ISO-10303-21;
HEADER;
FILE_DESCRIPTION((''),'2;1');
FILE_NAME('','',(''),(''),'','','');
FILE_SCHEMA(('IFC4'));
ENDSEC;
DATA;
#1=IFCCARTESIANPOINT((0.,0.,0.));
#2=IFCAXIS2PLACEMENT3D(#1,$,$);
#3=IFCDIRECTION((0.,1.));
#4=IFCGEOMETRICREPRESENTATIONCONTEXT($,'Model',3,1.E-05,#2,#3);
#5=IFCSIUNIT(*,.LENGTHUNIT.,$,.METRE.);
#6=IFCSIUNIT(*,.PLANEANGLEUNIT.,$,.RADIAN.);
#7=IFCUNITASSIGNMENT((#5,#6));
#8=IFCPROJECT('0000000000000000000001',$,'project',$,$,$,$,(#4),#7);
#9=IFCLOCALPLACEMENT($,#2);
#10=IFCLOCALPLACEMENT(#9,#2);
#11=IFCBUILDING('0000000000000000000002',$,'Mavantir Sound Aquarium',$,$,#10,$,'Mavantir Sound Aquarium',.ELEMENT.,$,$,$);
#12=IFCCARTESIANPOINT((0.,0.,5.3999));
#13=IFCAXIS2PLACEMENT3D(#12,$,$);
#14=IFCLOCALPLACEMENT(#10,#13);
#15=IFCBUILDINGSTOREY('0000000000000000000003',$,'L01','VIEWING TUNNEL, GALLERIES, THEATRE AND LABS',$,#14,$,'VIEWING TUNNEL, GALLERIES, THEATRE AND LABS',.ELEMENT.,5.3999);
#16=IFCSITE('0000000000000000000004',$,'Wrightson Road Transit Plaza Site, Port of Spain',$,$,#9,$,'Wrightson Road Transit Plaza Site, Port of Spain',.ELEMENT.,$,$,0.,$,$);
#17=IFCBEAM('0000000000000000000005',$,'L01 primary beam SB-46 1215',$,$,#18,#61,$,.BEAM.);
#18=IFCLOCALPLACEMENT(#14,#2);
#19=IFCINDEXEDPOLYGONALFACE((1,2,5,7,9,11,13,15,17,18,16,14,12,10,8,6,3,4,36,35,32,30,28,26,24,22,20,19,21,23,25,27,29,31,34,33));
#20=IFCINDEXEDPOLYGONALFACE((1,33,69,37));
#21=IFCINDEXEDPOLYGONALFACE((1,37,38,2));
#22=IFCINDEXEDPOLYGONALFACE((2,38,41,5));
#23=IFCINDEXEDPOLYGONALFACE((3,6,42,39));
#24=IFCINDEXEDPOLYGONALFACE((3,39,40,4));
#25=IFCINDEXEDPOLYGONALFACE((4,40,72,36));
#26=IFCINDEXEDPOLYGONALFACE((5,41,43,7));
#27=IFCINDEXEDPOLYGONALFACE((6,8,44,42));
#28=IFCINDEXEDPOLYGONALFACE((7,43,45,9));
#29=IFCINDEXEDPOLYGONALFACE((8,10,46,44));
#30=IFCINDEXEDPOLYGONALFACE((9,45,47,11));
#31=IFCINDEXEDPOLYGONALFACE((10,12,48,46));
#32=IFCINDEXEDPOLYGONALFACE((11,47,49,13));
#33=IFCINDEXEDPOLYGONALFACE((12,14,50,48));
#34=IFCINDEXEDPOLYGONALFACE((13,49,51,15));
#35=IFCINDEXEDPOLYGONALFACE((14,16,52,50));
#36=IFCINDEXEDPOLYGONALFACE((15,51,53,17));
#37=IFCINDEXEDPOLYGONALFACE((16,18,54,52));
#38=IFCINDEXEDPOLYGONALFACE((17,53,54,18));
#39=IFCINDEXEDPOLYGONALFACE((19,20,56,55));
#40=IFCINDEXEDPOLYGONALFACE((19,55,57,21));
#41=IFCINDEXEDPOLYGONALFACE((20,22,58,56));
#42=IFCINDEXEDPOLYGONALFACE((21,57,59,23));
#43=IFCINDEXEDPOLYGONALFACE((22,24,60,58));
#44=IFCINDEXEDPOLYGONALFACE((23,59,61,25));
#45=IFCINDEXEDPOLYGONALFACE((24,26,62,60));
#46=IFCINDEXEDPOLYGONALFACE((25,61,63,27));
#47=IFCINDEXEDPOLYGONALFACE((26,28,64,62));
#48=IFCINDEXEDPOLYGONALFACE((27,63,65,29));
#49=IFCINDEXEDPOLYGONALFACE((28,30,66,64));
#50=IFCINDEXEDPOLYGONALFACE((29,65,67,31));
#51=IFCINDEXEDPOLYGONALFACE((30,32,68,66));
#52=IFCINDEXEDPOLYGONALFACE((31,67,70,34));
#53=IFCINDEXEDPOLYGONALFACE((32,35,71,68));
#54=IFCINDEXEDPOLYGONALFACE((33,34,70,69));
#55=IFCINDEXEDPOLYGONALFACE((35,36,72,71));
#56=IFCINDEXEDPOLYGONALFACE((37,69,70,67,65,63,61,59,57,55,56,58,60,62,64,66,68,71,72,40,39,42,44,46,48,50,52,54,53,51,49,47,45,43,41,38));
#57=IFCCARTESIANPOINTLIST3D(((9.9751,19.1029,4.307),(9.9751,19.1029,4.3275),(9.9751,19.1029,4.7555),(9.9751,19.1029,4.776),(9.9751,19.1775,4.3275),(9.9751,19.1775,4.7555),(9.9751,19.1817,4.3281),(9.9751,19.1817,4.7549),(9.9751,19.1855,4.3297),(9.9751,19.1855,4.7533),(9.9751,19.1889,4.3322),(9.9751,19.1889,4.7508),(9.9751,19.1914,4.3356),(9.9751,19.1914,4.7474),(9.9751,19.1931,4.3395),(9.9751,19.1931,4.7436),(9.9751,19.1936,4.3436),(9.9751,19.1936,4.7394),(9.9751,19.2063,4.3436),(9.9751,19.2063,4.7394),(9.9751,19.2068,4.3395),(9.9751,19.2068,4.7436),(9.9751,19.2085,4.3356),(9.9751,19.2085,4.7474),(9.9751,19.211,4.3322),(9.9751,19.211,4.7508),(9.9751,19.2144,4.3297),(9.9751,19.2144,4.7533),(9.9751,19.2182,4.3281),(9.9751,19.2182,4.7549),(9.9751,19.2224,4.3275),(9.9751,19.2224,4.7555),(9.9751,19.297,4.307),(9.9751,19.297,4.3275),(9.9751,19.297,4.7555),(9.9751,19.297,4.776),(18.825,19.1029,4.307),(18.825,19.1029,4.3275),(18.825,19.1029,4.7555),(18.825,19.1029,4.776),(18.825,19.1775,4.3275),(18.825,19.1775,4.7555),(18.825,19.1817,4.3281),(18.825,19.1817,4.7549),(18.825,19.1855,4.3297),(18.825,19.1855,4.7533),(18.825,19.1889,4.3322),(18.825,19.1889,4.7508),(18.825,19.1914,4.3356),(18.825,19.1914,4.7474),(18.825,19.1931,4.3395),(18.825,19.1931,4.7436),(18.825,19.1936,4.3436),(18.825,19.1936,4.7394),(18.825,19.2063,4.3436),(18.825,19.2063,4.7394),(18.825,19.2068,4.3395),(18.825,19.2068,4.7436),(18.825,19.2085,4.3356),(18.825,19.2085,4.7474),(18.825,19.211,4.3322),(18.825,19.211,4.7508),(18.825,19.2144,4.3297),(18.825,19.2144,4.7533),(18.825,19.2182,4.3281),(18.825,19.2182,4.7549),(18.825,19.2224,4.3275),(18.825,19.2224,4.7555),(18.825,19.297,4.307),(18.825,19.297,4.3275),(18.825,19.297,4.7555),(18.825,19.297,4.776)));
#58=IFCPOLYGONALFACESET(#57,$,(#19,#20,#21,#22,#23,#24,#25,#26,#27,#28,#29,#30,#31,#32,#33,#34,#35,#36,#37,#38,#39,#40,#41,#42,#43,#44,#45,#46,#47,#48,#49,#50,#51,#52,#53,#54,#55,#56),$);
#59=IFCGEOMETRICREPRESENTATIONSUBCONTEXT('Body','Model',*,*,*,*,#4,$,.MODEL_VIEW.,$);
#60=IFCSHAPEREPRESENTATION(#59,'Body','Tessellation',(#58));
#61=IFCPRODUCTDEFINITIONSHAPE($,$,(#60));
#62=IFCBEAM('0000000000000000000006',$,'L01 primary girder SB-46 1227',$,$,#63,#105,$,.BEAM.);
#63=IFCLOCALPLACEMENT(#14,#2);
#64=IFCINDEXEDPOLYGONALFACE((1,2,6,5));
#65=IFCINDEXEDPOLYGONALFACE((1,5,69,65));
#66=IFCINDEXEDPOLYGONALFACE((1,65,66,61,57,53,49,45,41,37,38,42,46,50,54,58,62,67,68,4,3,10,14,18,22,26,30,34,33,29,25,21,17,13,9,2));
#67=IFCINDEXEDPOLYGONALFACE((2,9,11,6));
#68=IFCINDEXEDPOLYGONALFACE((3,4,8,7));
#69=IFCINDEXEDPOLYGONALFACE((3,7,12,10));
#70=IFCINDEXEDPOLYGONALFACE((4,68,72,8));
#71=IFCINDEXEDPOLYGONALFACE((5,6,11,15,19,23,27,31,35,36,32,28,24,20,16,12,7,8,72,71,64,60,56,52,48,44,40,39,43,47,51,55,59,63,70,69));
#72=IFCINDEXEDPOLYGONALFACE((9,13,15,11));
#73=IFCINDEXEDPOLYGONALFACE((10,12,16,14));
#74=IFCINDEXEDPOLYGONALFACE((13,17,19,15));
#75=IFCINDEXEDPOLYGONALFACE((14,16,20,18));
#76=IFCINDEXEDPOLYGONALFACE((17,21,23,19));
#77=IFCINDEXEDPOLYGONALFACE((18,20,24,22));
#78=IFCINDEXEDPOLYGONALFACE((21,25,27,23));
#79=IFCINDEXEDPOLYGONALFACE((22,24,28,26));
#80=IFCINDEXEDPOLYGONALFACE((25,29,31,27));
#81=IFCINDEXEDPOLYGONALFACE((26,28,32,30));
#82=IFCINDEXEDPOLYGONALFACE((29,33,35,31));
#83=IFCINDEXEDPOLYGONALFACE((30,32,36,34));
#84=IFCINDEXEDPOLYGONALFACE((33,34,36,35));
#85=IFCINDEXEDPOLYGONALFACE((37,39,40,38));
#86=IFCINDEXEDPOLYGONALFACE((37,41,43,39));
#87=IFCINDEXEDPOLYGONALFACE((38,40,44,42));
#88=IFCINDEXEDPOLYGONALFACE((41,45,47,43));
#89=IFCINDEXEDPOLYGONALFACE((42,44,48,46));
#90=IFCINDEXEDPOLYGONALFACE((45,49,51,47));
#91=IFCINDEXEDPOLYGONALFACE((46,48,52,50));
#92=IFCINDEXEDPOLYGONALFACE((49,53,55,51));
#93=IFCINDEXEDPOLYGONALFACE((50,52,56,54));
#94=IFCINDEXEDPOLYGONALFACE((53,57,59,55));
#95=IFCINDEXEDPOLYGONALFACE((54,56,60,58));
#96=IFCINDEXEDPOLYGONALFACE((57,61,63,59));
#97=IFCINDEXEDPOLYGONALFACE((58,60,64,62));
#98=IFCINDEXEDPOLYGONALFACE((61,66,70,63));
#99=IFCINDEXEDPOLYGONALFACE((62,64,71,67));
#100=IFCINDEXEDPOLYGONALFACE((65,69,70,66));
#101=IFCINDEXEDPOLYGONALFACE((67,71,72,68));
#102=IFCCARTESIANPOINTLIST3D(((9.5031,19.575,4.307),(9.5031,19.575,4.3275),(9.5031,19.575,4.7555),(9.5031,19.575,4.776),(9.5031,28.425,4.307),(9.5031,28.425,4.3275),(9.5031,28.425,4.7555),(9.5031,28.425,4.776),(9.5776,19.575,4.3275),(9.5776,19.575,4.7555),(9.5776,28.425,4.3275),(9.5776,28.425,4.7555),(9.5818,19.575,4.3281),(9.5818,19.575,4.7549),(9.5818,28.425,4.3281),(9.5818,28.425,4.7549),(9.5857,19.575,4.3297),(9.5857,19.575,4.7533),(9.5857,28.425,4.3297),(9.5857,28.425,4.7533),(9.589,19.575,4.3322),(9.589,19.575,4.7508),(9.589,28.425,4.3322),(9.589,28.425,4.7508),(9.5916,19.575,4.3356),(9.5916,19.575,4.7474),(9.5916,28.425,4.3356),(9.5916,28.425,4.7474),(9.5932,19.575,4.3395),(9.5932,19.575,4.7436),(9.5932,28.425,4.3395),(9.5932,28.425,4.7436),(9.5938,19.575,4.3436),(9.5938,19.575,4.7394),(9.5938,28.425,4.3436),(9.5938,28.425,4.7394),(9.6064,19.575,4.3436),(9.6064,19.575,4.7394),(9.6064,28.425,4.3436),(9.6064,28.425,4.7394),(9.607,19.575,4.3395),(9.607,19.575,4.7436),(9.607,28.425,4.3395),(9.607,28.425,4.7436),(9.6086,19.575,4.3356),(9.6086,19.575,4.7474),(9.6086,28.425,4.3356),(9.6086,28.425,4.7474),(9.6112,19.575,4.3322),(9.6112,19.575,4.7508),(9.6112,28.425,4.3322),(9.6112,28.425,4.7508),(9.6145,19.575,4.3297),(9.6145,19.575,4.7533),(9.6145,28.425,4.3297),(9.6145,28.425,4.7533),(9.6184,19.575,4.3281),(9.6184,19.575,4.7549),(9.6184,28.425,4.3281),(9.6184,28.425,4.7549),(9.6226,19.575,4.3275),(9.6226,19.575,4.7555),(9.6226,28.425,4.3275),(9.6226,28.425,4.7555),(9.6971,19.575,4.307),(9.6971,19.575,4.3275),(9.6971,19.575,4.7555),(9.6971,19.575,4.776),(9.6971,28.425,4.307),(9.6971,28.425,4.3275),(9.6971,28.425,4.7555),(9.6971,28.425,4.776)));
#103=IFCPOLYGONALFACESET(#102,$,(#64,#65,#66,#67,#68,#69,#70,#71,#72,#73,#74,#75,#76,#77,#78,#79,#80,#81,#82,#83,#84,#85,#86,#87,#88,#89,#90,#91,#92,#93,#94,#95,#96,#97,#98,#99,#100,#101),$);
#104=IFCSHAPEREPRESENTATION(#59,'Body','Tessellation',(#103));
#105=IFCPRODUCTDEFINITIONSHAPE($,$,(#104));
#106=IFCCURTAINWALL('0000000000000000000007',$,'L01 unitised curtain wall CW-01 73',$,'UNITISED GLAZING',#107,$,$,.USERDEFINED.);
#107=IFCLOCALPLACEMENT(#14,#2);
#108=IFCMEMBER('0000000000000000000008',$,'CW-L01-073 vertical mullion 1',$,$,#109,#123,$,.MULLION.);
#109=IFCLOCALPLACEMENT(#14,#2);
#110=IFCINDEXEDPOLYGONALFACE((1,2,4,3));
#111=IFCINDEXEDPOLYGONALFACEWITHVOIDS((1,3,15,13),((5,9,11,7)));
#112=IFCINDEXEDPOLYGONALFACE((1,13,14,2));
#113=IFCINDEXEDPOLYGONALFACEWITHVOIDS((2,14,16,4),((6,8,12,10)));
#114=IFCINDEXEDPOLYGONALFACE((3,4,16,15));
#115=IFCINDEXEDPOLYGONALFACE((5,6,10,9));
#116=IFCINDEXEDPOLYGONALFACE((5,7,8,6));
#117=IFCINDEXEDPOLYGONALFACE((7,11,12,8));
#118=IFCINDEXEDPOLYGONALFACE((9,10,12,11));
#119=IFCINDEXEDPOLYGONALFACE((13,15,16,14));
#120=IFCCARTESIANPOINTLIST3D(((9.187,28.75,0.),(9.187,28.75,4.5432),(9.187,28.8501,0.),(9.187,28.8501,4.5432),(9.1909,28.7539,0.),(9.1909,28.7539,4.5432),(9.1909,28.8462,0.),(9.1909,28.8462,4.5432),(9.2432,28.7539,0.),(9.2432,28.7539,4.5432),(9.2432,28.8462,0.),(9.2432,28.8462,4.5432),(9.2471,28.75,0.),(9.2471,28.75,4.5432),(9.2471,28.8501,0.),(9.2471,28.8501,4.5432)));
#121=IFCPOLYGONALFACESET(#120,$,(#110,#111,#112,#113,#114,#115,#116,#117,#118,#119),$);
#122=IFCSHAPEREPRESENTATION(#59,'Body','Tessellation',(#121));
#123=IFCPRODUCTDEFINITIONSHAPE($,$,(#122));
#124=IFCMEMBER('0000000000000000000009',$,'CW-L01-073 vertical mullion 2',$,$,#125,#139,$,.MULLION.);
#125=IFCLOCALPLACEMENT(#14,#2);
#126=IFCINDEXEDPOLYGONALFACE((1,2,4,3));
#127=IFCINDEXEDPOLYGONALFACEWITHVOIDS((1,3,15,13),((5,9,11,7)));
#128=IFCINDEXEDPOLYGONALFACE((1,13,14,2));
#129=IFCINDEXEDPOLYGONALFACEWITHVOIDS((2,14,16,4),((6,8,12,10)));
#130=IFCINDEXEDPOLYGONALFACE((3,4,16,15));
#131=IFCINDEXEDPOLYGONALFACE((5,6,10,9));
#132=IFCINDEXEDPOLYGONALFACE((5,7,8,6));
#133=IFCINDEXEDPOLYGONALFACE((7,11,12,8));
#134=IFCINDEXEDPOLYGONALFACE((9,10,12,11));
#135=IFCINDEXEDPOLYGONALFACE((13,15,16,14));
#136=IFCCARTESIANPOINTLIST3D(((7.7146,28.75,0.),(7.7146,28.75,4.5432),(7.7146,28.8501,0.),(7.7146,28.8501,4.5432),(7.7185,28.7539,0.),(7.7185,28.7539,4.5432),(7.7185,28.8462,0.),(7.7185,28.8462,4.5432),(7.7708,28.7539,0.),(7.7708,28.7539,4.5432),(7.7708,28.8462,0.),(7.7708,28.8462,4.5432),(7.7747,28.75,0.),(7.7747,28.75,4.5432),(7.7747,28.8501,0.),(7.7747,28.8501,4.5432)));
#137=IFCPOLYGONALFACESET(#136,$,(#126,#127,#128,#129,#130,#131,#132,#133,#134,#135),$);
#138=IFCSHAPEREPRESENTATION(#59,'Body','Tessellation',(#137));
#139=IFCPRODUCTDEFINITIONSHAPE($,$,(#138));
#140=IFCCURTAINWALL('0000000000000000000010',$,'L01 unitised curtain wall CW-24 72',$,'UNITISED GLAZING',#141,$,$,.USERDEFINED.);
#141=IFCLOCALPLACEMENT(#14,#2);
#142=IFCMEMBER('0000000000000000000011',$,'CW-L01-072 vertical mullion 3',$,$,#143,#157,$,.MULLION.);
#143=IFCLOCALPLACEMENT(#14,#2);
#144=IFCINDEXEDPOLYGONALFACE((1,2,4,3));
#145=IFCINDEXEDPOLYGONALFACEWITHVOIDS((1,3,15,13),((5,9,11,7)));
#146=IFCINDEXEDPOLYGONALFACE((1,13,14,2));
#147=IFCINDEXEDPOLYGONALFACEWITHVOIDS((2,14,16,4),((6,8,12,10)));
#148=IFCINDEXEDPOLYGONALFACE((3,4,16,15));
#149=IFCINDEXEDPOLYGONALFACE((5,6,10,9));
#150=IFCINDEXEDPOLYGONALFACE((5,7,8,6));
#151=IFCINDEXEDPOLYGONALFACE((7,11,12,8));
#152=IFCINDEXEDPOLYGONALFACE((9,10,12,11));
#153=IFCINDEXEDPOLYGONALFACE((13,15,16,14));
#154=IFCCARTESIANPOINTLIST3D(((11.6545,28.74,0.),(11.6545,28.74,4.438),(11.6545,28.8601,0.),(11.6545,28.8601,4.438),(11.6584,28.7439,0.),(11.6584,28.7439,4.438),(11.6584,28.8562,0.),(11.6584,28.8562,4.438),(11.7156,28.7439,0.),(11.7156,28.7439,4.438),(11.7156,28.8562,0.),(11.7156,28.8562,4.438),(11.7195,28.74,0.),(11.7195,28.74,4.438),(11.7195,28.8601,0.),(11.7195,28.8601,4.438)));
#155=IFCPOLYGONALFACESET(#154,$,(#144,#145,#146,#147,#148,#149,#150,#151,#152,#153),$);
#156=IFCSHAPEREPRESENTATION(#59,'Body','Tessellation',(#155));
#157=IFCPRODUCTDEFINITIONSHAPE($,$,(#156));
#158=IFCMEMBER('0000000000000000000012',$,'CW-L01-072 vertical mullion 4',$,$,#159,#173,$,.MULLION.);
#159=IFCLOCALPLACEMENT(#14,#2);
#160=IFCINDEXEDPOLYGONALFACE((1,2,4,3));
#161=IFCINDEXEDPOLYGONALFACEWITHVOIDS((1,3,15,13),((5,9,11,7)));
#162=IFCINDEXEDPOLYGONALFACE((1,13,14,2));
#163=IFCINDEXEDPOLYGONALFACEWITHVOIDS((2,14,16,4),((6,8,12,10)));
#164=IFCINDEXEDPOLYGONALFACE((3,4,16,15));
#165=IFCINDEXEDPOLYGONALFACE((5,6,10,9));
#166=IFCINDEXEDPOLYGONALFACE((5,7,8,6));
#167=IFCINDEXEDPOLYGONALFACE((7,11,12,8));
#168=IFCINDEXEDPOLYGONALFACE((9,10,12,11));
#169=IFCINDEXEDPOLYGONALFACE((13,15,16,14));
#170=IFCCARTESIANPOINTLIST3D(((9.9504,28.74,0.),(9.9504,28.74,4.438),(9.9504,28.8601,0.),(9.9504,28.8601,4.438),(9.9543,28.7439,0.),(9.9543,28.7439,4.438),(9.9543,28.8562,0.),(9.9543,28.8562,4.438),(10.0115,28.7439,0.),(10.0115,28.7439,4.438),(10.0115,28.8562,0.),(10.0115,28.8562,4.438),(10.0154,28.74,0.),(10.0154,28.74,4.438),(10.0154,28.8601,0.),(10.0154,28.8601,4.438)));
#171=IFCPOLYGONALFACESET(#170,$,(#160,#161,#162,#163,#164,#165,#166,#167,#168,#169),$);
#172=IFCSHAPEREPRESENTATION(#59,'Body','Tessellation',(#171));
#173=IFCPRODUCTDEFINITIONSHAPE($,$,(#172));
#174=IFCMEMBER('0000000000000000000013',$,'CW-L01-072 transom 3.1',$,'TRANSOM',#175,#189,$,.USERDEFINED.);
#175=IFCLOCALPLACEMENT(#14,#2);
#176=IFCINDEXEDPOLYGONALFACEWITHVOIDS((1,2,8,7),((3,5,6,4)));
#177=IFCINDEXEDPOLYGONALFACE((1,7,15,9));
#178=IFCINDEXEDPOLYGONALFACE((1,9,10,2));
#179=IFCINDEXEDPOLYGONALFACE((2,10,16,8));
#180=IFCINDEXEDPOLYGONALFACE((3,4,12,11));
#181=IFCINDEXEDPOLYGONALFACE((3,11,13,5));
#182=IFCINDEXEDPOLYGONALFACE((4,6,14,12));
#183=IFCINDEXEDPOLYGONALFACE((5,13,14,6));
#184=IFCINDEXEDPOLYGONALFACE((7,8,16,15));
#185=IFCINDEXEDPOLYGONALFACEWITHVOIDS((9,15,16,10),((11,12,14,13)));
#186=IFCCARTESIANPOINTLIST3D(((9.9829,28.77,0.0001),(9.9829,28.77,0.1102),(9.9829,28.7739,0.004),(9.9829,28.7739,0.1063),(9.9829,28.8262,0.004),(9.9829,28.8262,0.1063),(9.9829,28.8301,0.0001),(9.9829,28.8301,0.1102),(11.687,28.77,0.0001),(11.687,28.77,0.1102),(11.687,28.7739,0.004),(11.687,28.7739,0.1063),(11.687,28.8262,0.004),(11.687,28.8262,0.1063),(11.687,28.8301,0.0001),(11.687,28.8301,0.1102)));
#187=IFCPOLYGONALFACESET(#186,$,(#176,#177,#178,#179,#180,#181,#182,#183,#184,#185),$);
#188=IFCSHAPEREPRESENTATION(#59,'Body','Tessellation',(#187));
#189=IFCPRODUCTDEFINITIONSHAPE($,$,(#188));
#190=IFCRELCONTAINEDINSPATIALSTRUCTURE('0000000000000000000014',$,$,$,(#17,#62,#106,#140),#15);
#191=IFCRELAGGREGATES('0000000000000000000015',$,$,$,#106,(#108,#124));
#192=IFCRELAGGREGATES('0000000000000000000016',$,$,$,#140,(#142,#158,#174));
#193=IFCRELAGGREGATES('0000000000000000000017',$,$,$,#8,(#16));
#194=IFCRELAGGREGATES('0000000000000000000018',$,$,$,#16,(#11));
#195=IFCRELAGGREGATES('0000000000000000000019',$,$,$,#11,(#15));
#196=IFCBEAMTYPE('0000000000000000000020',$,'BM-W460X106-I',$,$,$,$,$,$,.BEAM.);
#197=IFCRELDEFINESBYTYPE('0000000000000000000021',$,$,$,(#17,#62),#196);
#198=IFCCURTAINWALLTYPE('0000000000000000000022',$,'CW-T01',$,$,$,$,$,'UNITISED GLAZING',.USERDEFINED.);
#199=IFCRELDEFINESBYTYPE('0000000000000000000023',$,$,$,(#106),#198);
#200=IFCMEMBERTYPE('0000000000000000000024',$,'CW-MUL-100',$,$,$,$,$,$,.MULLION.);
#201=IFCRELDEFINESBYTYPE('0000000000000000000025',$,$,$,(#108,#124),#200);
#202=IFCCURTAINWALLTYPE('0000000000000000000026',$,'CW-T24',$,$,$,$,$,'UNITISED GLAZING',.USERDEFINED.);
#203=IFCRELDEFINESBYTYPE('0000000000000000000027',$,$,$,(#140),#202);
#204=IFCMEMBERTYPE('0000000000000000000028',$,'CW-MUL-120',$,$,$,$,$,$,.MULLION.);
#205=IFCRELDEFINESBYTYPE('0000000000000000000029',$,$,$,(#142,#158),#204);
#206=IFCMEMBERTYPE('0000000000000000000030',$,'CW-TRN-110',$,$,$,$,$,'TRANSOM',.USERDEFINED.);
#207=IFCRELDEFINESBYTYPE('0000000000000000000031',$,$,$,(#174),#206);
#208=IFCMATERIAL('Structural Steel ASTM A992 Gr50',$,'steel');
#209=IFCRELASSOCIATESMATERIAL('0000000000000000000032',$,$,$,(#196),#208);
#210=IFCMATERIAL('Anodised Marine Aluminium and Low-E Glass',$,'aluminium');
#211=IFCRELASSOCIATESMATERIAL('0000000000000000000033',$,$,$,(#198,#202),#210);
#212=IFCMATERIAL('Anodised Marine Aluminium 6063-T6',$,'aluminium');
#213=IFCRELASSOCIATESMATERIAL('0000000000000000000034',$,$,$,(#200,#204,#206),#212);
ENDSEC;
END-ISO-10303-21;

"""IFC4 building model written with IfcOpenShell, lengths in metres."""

from ifc_helpers import new_model, si_unit, direction, frame, origin, origin_2d, place, context, subcontext, project, spatial, hollow_rectangle, i_section, extrude, material, material_profile, profile_set, type_object, element, aggregate, save


model = new_model("IFC4")

# Units and contexts
model_context = context("Model", 3, precision=1e-05, world=origin(), true_north=direction((0.0, 1.0)))
body_context = subcontext(model_context, "Body", "Model", "MODEL_VIEW")
ifc_project = project(units=[si_unit("LENGTHUNIT", "METRE"), si_unit("PLANEANGLEUNIT", "RADIAN")], contexts=[model_context])

# Site, building, storey
site_placement = place(None, origin())
site = spatial("IfcSite", under=ifc_project, at=site_placement, Name="Wrightson Road Transit Plaza Site, Port of Spain", LongName="Wrightson Road Transit Plaza Site, Port of Spain", CompositionType="ELEMENT", RefElevation=0.0)
building_placement = place(site_placement, origin())
building = spatial("IfcBuilding", under=site, at=building_placement, Name="Mavantir Sound Aquarium", LongName="Mavantir Sound Aquarium", CompositionType="ELEMENT")
storey_placement = place(building_placement, frame((0.0, 0.0, 5.3999)))
storey = spatial("IfcBuildingStorey", under=building, at=storey_placement, Name="L01", Description="VIEWING TUNNEL, GALLERIES, THEATRE AND LABS", LongName="VIEWING TUNNEL, GALLERIES, THEATRE AND LABS", CompositionType="ELEMENT", Elevation=5.3999)

# Beams
ifc_material_1 = material(Name="Structural Steel ASTM A992 Gr50", Category="steel")
ifc_material_profile_1 = material_profile(ifc_material_1, i_section(OverallWidth=0.1941, OverallDepth=0.469, WebThickness=0.0127, FlangeThickness=0.0205, FilletRadius=0.0161, at=origin_2d()), Name="W460X106")
ifc_profile_set_1 = profile_set([ifc_material_profile_1], Name="Structural Steel ASTM A992 Gr50")
beam_type_1 = type_object("IfcBeamType", Name="BM-W460X106-I", PredefinedType="BEAM", material=ifc_profile_set_1)
beam_1_placement = place(storey_placement, frame((9.9751, 19.2, 4.5415), z_axis=(1.0, 0.0, 0.0), x_axis=(0.0, 1.0, 0.0)))
element("IfcBeam", 1, at=beam_1_placement, inside=storey, type_object=beam_type_1, Name="L01 primary beam SB-46 1215", PredefinedType="BEAM", context=body_context, shape_type="SweptSolid", body=[
    extrude(i_section(OverallWidth=0.1941, OverallDepth=0.469, WebThickness=0.0127, FlangeThickness=0.0205, FilletRadius=0.0161, at=origin_2d()), origin(), (0.0, 0.0, 1.0), 8.8499),
])
beam_2_placement = place(storey_placement, frame((9.6001, 19.575, 4.5415), z_axis=(0.0, 1.0, 0.0), x_axis=(-1.0, 0.0, 0.0)))
element("IfcBeam", 2, at=beam_2_placement, inside=storey, type_object=beam_type_1, Name="L01 primary girder SB-46 1227", PredefinedType="BEAM", context=body_context, shape_type="SweptSolid", body=[
    extrude(i_section(OverallWidth=0.1941, OverallDepth=0.469, WebThickness=0.0127, FlangeThickness=0.0205, FilletRadius=0.0161, at=origin_2d()), origin(), (0.0, 0.0, 1.0), 8.8501),
])

# Curtain walls, members
ifc_material_2 = material(Name="Anodised Marine Aluminium and Low-E Glass", Category="aluminium")
curtain_wall_type_1 = type_object("IfcCurtainWallType", Name="CW-T01", ElementType="UNITISED GLAZING", PredefinedType="USERDEFINED", material=ifc_material_2)
curtain_wall_1_placement = place(storey_placement, origin())
curtain_wall_1 = element("IfcCurtainWall", 3, at=curtain_wall_1_placement, inside=storey, type_object=curtain_wall_type_1, Name="L01 unitised curtain wall CW-01 73", ObjectType="UNITISED GLAZING", PredefinedType="USERDEFINED")
ifc_material_3 = material(Name="Anodised Marine Aluminium 6063-T6", Category="aluminium")
ifc_material_profile_2 = material_profile(ifc_material_3, hollow_rectangle(XDim=0.0601, YDim=0.1001, WallThickness=0.0039, at=origin_2d()), Name="ALU-MULLION-100X60")
ifc_profile_set_2 = profile_set([ifc_material_profile_2], Name="Anodised Marine Aluminium 6063-T6")
member_type_1 = type_object("IfcMemberType", Name="CW-MUL-100", PredefinedType="MULLION", material=ifc_profile_set_2)
member_1_placement = place(storey_placement, frame((9.217, 28.8, 0.0), z_axis=(0.0, 0.0, 1.0), x_axis=(1.0, 0.0, 0.0)))
member_1 = element("IfcMember", 4, at=member_1_placement, type_object=member_type_1, Name="CW-L01-073 vertical mullion 1", PredefinedType="MULLION", context=body_context, shape_type="SweptSolid", body=[
    extrude(hollow_rectangle(XDim=0.0601, YDim=0.1001, WallThickness=0.0039, at=origin_2d()), origin(), (0.0, 0.0, 1.0), 4.5432),
])
member_2_placement = place(storey_placement, frame((7.7446, 28.8, 0.0), z_axis=(0.0, 0.0, 1.0), x_axis=(1.0, 0.0, 0.0)))
member_2 = element("IfcMember", 5, at=member_2_placement, type_object=member_type_1, Name="CW-L01-073 vertical mullion 2", PredefinedType="MULLION", context=body_context, shape_type="SweptSolid", body=[
    extrude(hollow_rectangle(XDim=0.0601, YDim=0.1001, WallThickness=0.0039, at=origin_2d()), origin(), (0.0, 0.0, 1.0), 4.5432),
])
curtain_wall_type_2 = type_object("IfcCurtainWallType", Name="CW-T24", ElementType="UNITISED GLAZING", PredefinedType="USERDEFINED", material=ifc_material_2)
curtain_wall_2_placement = place(storey_placement, origin())
curtain_wall_2 = element("IfcCurtainWall", 6, at=curtain_wall_2_placement, inside=storey, type_object=curtain_wall_type_2, Name="L01 unitised curtain wall CW-24 72", ObjectType="UNITISED GLAZING", PredefinedType="USERDEFINED")
ifc_material_profile_3 = material_profile(ifc_material_3, hollow_rectangle(XDim=0.0649, YDim=0.1201, WallThickness=0.0039, at=origin_2d()), Name="ALU-MULLION-120X65")
ifc_profile_set_3 = profile_set([ifc_material_profile_3], Name="Anodised Marine Aluminium 6063-T6")
member_type_2 = type_object("IfcMemberType", Name="CW-MUL-120", PredefinedType="MULLION", material=ifc_profile_set_3)
member_3_placement = place(storey_placement, frame((11.687, 28.8, 0.0), z_axis=(0.0, 0.0, 1.0), x_axis=(1.0, 0.0, 0.0)))
member_3 = element("IfcMember", 7, at=member_3_placement, type_object=member_type_2, Name="CW-L01-072 vertical mullion 3", PredefinedType="MULLION", context=body_context, shape_type="SweptSolid", body=[
    extrude(hollow_rectangle(XDim=0.0649, YDim=0.1201, WallThickness=0.0039, at=origin_2d()), origin(), (0.0, 0.0, 1.0), 4.438),
])
member_4_placement = place(storey_placement, frame((9.9829, 28.8, 0.0), z_axis=(0.0, 0.0, 1.0), x_axis=(1.0, 0.0, 0.0)))
member_4 = element("IfcMember", 8, at=member_4_placement, type_object=member_type_2, Name="CW-L01-072 vertical mullion 4", PredefinedType="MULLION", context=body_context, shape_type="SweptSolid", body=[
    extrude(hollow_rectangle(XDim=0.0649, YDim=0.1201, WallThickness=0.0039, at=origin_2d()), origin(), (0.0, 0.0, 1.0), 4.438),
])
ifc_material_profile_4 = material_profile(ifc_material_3, hollow_rectangle(XDim=0.0601, YDim=0.1101, WallThickness=0.0039, at=origin_2d()), Name="ALU-TRANSOM-110X60")
ifc_profile_set_4 = profile_set([ifc_material_profile_4], Name="Anodised Marine Aluminium 6063-T6")
member_type_3 = type_object("IfcMemberType", Name="CW-TRN-110", ElementType="TRANSOM", PredefinedType="USERDEFINED", material=ifc_profile_set_4)
member_5_placement = place(storey_placement, frame((11.687, 28.8, 0.0552), z_axis=(-1.0, 0.0, 0.0), x_axis=(0.0, -1.0, 0.0)))
member_5 = element("IfcMember", 9, at=member_5_placement, type_object=member_type_3, Name="CW-L01-072 transom 3.1", ObjectType="TRANSOM", PredefinedType="USERDEFINED", context=body_context, shape_type="SweptSolid", body=[
    extrude(hollow_rectangle(XDim=0.0601, YDim=0.1101, WallThickness=0.0039, at=origin_2d()), origin(), (0.0, 0.0, 1.0), 1.7041),
])

aggregate(curtain_wall_1, [member_1, member_2])
aggregate(curtain_wall_2, [member_3, member_4, member_5])

save(model, "model.ifc")
